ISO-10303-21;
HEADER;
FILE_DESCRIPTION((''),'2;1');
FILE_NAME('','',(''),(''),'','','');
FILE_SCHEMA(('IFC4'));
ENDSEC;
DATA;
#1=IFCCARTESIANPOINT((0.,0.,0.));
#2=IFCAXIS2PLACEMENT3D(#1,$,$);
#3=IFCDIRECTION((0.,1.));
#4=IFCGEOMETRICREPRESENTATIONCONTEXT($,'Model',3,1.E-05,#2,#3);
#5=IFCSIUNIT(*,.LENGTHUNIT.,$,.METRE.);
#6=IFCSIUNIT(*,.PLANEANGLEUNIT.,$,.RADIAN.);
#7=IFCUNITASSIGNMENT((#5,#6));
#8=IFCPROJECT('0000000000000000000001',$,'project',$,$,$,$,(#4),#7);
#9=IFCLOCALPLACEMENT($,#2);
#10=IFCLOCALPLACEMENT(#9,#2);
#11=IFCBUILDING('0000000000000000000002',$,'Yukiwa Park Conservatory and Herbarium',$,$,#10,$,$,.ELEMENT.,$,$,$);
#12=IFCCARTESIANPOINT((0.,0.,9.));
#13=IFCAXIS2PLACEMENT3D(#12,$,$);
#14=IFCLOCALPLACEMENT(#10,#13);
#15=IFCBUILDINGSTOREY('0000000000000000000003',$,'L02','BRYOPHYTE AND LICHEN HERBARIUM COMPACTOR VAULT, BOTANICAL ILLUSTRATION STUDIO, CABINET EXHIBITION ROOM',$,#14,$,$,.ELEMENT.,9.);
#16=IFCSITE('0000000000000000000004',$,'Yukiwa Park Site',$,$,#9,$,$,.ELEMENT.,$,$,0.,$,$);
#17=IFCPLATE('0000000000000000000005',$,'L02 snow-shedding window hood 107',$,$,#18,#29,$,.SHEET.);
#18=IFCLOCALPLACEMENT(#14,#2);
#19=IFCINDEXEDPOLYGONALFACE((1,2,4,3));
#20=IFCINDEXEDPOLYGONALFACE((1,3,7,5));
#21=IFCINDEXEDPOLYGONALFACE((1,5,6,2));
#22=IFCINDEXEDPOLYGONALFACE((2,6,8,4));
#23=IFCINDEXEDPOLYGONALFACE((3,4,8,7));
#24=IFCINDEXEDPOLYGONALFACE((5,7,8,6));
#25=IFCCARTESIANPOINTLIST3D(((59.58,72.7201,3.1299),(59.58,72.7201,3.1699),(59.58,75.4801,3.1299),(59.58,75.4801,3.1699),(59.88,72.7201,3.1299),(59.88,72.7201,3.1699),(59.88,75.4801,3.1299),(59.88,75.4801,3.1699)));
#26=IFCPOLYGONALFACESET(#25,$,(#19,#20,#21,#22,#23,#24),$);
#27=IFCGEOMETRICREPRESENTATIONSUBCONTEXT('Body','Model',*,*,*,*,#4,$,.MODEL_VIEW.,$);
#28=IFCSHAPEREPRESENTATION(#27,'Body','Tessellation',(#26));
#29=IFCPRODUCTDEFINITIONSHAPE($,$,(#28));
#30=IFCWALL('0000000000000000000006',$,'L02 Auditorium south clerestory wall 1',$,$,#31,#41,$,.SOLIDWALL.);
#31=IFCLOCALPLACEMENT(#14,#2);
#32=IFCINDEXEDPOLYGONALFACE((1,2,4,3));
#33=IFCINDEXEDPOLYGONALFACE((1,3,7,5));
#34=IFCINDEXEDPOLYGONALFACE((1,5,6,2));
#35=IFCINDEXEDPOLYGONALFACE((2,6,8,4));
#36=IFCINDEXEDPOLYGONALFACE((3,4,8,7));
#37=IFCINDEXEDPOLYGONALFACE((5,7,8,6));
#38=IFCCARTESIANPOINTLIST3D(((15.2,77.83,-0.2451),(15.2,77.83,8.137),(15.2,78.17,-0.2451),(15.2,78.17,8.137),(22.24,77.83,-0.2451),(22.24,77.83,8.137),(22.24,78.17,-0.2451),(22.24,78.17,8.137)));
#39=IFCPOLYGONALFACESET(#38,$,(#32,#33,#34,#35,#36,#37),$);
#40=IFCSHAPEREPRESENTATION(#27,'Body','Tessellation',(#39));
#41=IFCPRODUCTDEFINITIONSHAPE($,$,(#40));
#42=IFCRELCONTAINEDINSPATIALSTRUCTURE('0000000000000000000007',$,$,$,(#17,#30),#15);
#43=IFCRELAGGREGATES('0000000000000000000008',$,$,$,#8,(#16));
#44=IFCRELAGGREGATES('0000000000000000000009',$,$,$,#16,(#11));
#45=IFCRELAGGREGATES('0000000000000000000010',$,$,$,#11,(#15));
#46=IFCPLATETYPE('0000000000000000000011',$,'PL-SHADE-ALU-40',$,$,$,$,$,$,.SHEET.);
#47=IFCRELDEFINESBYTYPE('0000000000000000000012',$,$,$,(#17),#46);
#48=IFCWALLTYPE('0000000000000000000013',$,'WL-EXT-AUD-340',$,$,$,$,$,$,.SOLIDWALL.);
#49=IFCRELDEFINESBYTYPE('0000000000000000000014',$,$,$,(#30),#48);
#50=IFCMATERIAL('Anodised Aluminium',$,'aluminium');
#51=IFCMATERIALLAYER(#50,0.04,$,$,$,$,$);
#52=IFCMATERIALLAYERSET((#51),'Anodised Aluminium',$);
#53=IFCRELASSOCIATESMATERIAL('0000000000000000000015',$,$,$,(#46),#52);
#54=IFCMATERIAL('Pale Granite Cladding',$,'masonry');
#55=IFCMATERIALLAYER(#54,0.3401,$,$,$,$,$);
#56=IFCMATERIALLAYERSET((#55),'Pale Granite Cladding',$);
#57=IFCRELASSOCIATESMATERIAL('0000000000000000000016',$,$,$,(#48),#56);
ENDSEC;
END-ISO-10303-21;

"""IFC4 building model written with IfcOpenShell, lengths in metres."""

from ifc_helpers import new_model, si_unit, direction, frame, frame_2d, origin, origin_2d, place, context, subcontext, project, spatial, rectangle, extrude, material, layer, layer_set, type_object, element, save


model = new_model("IFC4")

# Units and contexts
model_context = context("Model", 3, precision=1e-05, world=origin(), true_north=direction((0.0, 1.0)))
body_context = subcontext(model_context, "Body", "Model", "MODEL_VIEW")
ifc_project = project(units=[si_unit("LENGTHUNIT", "METRE"), si_unit("PLANEANGLEUNIT", "RADIAN")], contexts=[model_context])

# Site, building, storey
site_placement = place(None, origin())
site = spatial("IfcSite", under=ifc_project, at=site_placement, Name="Yukiwa Park Site", CompositionType="ELEMENT", RefElevation=0.0)
building_placement = place(site_placement, origin())
building = spatial("IfcBuilding", under=site, at=building_placement, Name="Yukiwa Park Conservatory and Herbarium", CompositionType="ELEMENT")
storey_placement = place(building_placement, frame((0.0, 0.0, 9.0)))
storey = spatial("IfcBuildingStorey", under=building, at=storey_placement, Name="L02", Description="BRYOPHYTE AND LICHEN HERBARIUM COMPACTOR VAULT, BOTANICAL ILLUSTRATION STUDIO, CABINET EXHIBITION ROOM", CompositionType="ELEMENT", Elevation=9.0)

# Plate
ifc_material_1 = material(Name="Anodised Aluminium", Category="aluminium")
ifc_layer_1 = layer(ifc_material_1, 0.04)
ifc_layer_set_1 = layer_set([ifc_layer_1], Name="Anodised Aluminium")
plate_type_1 = type_object("IfcPlateType", Name="PL-SHADE-ALU-40", PredefinedType="SHEET", material=ifc_layer_set_1)
plate_1_placement = place(storey_placement, frame((59.73, 74.1001, 3.1299), z_axis=(0.0, 0.0, 1.0), x_axis=(0.0, -1.0, 0.0)))
element("IfcPlate", 1, at=plate_1_placement, inside=storey, type_object=plate_type_1, Name="L02 snow-shedding window hood 107", PredefinedType="SHEET", context=body_context, shape_type="SweptSolid", body=[
    extrude(rectangle(XDim=2.76, YDim=0.3, at=origin_2d()), origin(), (0.0, 0.0, 1.0), 0.04),
])

# Wall
ifc_material_2 = material(Name="Pale Granite Cladding", Category="masonry")
ifc_layer_2 = layer(ifc_material_2, 0.3401)
ifc_layer_set_2 = layer_set([ifc_layer_2], Name="Pale Granite Cladding")
wall_type = type_object("IfcWallType", Name="WL-EXT-AUD-340", PredefinedType="SOLIDWALL", material=ifc_layer_set_2)
wall_placement = place(storey_placement, frame((15.2, 78.0, -0.2451), z_axis=(0.0, 0.0, 1.0), x_axis=(1.0, 0.0, 0.0)))
element("IfcWall", 2, at=wall_placement, inside=storey, type_object=wall_type, Name="L02 Auditorium south clerestory wall 1", PredefinedType="SOLIDWALL", context=body_context, shape_type="SweptSolid", body=[
    extrude(rectangle(XDim=7.04, YDim=0.3401, at=frame_2d((3.52, 0.0))), origin(), (0.0, 0.0, 1.0), 8.3821),
])

save(model, "model.ifc")
